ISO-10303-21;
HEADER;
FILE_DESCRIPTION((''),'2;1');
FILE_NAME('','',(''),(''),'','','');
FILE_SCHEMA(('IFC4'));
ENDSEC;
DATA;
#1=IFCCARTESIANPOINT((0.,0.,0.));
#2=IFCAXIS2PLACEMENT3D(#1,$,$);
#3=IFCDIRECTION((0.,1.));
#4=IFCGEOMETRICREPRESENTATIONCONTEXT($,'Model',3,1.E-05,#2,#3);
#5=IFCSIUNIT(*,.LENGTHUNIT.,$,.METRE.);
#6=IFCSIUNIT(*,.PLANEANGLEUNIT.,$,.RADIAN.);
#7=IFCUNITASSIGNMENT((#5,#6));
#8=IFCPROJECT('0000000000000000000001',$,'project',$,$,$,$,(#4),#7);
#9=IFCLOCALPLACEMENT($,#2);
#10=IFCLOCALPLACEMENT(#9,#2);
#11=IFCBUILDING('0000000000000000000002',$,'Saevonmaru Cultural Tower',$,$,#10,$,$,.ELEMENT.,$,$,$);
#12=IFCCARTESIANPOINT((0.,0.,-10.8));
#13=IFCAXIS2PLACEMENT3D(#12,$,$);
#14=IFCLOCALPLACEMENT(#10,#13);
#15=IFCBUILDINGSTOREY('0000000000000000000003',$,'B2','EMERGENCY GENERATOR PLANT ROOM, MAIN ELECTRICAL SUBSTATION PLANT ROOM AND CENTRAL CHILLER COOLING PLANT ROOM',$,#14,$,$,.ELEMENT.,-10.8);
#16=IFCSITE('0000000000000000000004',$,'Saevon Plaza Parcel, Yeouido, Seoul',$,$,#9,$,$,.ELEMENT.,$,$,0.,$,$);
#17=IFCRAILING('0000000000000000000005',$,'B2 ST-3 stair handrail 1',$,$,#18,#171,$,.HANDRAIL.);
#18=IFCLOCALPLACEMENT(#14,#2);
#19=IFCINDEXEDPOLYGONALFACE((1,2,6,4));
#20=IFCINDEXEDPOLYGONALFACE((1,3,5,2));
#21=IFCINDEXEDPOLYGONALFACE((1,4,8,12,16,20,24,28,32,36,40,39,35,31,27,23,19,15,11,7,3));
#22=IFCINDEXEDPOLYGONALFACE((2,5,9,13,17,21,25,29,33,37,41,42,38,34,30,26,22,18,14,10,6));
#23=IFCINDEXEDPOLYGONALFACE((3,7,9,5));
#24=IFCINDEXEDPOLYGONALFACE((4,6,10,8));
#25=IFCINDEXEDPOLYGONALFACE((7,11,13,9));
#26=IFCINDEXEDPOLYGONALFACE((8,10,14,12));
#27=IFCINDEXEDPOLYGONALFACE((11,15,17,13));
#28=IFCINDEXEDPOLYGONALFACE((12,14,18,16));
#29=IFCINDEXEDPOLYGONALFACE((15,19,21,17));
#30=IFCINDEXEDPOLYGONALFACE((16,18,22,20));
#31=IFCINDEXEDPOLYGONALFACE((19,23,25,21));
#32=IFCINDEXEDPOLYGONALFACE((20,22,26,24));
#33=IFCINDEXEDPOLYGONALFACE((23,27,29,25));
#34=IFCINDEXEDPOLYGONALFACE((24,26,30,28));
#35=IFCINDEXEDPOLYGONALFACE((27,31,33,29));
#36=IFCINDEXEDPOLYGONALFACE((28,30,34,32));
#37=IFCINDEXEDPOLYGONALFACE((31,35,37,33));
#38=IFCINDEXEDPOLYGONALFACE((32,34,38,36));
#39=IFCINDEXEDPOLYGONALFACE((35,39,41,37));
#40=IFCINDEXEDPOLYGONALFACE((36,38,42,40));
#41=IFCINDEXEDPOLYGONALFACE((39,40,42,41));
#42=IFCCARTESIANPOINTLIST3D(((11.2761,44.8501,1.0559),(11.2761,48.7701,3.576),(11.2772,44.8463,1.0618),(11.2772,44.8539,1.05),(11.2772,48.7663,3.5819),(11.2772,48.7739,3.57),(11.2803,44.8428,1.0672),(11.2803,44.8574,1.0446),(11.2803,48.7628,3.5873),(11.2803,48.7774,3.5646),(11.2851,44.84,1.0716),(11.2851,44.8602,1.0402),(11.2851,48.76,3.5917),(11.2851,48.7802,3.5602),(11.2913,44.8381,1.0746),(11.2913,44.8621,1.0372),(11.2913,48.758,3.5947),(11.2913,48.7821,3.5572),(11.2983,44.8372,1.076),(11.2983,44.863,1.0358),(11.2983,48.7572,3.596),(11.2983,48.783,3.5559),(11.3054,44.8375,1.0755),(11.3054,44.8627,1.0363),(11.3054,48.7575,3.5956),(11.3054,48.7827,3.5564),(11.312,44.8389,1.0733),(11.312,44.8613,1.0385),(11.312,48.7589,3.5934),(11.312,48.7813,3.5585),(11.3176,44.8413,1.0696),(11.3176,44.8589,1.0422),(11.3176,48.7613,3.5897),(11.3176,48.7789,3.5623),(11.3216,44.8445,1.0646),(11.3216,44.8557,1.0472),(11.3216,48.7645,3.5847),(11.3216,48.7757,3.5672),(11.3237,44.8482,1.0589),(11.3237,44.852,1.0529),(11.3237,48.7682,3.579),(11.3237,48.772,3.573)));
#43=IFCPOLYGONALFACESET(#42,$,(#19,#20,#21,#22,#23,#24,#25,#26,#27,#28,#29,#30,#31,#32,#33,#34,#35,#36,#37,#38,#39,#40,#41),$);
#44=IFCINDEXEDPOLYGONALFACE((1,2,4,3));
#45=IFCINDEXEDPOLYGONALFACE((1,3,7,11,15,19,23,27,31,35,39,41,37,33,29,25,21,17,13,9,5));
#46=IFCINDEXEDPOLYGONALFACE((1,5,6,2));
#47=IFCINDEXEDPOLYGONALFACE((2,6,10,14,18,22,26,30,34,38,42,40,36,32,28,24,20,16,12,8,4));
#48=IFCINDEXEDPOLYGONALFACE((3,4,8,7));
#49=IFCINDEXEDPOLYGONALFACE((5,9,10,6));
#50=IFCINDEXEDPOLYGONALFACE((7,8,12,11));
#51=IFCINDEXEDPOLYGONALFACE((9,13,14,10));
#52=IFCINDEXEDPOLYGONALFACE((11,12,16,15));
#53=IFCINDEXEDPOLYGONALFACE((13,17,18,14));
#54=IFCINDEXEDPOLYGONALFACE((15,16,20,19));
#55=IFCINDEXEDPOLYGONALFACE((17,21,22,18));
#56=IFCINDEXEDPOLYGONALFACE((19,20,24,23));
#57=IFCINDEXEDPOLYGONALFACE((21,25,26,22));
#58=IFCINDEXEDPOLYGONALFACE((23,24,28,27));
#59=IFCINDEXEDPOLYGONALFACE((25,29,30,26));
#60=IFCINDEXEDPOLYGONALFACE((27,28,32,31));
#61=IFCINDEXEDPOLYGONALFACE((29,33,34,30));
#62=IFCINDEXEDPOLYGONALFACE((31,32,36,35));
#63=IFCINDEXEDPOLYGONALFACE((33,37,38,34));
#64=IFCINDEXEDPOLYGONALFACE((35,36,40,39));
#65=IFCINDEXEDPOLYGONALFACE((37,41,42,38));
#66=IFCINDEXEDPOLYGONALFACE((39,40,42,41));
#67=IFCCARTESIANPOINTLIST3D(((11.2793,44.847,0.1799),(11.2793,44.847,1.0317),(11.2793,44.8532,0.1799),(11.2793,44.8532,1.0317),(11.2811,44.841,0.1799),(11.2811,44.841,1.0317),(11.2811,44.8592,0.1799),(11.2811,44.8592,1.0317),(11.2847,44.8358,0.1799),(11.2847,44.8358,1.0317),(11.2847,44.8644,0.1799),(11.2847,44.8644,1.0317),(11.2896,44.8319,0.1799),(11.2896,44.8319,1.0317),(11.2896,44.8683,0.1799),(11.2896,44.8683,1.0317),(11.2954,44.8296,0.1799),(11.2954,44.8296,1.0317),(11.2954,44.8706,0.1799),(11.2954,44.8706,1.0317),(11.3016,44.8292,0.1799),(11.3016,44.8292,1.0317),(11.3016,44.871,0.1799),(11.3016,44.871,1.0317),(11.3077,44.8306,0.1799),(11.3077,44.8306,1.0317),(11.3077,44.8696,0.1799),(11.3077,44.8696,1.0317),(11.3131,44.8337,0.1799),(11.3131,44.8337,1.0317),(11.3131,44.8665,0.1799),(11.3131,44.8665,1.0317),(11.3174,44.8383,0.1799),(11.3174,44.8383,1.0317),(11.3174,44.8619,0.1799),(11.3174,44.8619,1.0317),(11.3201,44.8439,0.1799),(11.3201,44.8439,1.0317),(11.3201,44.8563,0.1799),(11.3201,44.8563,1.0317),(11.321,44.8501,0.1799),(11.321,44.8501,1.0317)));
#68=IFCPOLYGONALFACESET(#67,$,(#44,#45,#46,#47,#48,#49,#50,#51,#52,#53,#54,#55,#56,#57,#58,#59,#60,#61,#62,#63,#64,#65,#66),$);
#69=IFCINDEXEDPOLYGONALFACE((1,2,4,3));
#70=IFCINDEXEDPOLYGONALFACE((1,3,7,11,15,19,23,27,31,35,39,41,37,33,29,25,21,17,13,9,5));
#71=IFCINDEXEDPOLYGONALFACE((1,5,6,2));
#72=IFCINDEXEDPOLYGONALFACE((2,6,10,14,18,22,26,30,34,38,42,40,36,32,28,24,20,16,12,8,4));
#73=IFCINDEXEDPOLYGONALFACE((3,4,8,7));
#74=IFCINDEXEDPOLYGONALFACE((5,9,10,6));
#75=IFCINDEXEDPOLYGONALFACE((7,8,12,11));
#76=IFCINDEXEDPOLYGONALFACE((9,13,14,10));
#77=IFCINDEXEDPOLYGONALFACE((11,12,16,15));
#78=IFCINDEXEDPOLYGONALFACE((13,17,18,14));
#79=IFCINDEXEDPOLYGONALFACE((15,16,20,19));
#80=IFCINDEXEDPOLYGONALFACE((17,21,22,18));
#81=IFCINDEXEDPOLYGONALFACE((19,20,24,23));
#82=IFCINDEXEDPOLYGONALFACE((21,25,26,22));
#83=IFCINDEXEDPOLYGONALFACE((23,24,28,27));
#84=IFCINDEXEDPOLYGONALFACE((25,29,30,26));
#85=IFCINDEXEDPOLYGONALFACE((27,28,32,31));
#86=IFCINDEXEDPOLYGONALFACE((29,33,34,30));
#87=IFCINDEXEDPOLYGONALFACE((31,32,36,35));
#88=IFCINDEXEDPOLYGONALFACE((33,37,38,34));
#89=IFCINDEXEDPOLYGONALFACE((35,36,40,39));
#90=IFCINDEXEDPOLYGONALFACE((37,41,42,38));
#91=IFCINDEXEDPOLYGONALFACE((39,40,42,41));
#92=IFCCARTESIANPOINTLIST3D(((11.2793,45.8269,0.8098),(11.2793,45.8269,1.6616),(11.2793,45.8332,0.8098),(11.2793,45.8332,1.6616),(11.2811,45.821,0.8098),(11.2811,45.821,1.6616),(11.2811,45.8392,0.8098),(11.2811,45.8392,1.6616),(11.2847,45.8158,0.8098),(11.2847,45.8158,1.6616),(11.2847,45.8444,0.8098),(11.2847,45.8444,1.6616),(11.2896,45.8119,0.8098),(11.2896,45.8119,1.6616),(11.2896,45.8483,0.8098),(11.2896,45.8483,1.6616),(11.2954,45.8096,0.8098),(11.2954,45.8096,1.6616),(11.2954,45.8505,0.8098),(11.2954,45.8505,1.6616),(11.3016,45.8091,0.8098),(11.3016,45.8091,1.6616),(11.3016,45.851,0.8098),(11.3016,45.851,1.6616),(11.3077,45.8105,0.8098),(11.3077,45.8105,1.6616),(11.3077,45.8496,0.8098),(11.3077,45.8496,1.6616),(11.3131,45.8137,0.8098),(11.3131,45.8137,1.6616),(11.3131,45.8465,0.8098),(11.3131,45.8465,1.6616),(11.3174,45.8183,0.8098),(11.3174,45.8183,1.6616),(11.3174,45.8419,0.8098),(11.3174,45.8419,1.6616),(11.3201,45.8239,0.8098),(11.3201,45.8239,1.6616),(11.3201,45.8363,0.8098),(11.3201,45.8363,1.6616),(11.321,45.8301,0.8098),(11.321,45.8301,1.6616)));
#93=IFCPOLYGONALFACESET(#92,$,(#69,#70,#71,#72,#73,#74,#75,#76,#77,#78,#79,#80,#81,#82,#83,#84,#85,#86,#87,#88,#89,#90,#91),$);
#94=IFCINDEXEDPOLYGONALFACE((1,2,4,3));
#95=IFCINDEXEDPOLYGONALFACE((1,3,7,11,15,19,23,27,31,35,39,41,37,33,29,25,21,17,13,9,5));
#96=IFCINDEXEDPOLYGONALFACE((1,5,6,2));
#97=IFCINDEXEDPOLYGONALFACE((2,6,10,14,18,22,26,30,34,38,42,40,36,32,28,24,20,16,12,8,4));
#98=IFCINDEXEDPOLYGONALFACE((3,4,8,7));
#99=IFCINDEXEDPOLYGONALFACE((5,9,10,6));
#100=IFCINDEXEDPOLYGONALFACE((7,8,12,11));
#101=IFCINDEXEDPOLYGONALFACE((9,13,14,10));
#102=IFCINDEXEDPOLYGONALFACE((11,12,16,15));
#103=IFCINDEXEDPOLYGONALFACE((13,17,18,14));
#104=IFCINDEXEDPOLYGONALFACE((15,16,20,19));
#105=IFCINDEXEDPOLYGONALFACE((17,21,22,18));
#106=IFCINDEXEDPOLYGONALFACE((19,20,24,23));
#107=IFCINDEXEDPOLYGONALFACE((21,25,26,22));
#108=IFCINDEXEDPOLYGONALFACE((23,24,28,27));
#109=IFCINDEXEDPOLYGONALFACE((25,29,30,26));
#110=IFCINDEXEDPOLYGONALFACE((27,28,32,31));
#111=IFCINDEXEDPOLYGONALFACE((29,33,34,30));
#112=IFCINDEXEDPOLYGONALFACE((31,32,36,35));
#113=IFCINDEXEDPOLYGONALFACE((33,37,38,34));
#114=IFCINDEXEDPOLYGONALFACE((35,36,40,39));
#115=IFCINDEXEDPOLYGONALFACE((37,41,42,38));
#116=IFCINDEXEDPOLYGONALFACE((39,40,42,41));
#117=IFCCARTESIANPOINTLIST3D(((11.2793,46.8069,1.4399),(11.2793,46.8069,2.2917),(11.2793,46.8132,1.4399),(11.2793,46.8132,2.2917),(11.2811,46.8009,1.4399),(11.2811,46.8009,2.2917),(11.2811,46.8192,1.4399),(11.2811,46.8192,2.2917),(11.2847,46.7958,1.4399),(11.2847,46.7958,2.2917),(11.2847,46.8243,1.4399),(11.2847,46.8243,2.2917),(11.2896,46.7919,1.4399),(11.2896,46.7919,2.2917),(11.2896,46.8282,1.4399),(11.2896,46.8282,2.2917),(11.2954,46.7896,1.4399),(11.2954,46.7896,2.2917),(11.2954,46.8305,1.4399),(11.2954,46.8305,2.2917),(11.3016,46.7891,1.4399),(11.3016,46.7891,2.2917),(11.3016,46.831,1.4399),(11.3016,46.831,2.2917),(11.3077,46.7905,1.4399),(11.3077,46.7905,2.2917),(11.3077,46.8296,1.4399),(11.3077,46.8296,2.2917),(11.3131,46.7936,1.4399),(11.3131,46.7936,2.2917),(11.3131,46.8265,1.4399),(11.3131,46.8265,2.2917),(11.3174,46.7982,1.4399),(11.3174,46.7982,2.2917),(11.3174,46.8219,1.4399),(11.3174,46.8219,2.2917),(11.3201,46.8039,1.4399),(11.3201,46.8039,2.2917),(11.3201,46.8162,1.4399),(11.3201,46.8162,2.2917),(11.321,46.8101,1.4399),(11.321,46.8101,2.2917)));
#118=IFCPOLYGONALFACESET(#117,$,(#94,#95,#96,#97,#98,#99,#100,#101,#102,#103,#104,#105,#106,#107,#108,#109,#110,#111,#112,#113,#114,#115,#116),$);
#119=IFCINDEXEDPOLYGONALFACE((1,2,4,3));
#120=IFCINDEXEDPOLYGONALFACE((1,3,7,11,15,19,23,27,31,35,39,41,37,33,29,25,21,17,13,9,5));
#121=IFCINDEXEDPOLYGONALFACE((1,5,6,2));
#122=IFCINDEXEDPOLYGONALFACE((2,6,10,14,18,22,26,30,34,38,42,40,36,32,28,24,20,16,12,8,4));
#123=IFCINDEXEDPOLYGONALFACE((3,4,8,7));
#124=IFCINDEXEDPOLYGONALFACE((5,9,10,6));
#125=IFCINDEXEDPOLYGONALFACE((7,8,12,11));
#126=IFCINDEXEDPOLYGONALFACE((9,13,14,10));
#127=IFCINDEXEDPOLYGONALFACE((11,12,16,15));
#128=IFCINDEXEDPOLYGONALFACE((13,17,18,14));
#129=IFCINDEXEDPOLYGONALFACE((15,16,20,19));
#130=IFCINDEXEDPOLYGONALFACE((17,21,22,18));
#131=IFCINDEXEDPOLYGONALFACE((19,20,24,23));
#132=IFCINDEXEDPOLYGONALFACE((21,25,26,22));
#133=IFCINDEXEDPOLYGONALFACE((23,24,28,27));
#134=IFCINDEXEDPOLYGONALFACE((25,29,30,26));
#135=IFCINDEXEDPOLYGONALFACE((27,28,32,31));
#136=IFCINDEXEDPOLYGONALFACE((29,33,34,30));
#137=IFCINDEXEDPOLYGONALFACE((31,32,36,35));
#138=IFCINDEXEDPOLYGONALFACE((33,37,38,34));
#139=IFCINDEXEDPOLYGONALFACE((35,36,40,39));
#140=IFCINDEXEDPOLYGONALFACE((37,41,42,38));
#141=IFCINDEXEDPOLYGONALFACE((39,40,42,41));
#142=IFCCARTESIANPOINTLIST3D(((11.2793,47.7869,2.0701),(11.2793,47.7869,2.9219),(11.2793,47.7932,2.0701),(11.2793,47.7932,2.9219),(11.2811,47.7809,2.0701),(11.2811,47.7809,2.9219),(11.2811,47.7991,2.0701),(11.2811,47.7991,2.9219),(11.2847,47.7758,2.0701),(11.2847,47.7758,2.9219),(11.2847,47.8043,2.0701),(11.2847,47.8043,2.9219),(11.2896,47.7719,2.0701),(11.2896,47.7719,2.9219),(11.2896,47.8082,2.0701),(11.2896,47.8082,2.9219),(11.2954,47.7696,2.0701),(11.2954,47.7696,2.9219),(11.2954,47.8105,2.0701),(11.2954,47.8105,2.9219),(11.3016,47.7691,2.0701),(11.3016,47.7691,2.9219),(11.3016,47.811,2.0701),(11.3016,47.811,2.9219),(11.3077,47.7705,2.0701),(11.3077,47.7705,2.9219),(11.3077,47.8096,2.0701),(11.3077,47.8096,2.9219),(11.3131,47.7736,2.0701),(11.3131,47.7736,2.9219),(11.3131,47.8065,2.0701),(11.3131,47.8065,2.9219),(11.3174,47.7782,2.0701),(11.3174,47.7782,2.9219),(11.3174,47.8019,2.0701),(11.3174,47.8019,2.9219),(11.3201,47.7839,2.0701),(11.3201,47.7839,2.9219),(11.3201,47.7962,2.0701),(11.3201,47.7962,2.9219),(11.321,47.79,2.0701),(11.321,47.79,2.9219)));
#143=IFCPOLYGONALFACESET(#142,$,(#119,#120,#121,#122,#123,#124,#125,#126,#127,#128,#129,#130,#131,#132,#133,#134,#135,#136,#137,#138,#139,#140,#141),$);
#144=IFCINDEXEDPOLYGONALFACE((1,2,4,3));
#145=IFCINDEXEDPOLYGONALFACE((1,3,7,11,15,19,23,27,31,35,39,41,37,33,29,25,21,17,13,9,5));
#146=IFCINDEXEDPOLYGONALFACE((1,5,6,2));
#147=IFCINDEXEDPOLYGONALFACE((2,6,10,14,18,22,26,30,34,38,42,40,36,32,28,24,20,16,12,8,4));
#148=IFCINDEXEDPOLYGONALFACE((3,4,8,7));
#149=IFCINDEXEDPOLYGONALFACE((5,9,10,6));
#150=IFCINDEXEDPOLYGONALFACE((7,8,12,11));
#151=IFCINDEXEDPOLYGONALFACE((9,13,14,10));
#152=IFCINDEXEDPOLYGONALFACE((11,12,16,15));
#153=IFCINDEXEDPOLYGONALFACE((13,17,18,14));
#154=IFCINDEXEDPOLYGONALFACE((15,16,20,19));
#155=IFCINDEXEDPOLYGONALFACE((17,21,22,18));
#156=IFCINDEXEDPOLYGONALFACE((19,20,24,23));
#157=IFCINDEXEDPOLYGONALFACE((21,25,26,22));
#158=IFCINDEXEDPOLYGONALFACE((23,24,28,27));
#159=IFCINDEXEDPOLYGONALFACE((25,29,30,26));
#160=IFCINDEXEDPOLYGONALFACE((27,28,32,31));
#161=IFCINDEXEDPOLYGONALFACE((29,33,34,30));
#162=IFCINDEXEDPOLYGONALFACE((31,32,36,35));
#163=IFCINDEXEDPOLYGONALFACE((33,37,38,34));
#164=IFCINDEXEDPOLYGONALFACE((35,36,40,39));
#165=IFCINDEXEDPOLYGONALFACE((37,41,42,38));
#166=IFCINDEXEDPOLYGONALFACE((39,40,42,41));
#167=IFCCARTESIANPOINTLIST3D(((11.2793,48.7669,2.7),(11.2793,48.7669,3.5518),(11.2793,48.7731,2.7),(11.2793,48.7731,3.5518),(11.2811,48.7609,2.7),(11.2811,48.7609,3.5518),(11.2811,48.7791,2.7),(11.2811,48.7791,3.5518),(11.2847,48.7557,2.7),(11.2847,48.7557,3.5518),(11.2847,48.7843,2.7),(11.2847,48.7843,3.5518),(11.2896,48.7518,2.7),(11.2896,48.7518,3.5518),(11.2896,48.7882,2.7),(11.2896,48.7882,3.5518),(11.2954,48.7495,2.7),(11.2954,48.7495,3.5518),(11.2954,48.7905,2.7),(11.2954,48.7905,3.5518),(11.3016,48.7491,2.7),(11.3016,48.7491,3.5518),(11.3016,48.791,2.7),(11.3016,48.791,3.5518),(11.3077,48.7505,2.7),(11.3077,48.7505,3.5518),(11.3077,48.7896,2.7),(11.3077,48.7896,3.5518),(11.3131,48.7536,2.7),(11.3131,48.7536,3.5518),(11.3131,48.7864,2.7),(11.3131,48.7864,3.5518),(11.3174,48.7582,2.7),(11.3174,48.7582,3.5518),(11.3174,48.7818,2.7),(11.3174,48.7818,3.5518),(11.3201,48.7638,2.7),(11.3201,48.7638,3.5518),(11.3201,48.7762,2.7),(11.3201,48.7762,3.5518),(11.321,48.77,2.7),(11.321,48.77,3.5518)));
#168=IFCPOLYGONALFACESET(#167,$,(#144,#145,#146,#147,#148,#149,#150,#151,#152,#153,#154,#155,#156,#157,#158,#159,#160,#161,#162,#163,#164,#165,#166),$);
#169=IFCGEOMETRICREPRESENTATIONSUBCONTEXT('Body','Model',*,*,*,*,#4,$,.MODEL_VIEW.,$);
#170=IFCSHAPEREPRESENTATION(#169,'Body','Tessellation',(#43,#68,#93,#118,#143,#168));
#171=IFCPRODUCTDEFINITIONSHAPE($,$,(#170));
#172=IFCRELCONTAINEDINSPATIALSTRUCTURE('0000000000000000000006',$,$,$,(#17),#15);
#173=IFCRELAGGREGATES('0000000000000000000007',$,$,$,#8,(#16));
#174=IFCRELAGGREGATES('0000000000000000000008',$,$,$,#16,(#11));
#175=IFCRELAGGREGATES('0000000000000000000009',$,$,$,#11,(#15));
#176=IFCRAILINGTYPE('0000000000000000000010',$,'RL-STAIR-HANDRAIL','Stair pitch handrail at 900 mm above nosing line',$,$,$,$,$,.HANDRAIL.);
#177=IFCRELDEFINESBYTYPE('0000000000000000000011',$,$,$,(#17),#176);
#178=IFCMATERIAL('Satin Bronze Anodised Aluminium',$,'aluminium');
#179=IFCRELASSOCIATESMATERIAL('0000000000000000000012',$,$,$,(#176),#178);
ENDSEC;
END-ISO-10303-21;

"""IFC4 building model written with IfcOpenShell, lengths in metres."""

from ifc_helpers import new_model, si_unit, direction, frame, origin, origin_2d, place, context, subcontext, project, spatial, circle, extrude, material, type_object, element, save


model = new_model("IFC4")

# Units and contexts
model_context = context("Model", 3, precision=1e-05, world=origin(), true_north=direction((0.0, 1.0)))
body_context = subcontext(model_context, "Body", "Model", "MODEL_VIEW")
ifc_project = project(units=[si_unit("LENGTHUNIT", "METRE"), si_unit("PLANEANGLEUNIT", "RADIAN")], contexts=[model_context])

# Site, building, storey
site_placement = place(None, origin())
site = spatial("IfcSite", under=ifc_project, at=site_placement, Name="Saevon Plaza Parcel, Yeouido, Seoul", CompositionType="ELEMENT", RefElevation=0.0)
building_placement = place(site_placement, origin())
building = spatial("IfcBuilding", under=site, at=building_placement, Name="Saevonmaru Cultural Tower", CompositionType="ELEMENT")
storey_placement = place(building_placement, frame((0.0, 0.0, -10.8)))
storey = spatial("IfcBuildingStorey", under=building, at=storey_placement, Name="B2", Description="EMERGENCY GENERATOR PLANT ROOM, MAIN ELECTRICAL SUBSTATION PLANT ROOM AND CENTRAL CHILLER COOLING PLANT ROOM", CompositionType="ELEMENT", Elevation=-10.8)

# Railing
ifc_material_1 = material(Name="Satin Bronze Anodised Aluminium", Category="aluminium")
railing_type_1 = type_object("IfcRailingType", Name="RL-STAIR-HANDRAIL", Description="Stair pitch handrail at 900 mm above nosing line", PredefinedType="HANDRAIL", material=ifc_material_1)
railing_1_placement = place(storey_placement, frame((11.3, 44.8501, 0.1799)))
element("IfcRailing", 1, at=railing_1_placement, inside=storey, type_object=railing_type_1, Name="B2 ST-3 stair handrail 1", PredefinedType="HANDRAIL", context=body_context, shape_type="SweptSolid", body=[
    extrude(circle(Radius=0.0239, at=origin_2d()), frame((0.0, 0.0, 0.876), z_axis=(0.0, 0.841172, 0.540768), x_axis=(-1.0, 0.0, 0.0)), (0.0, 0.0, 1.0), 4.6602),
    extrude(circle(Radius=0.021, at=origin_2d()), origin(), (0.0, 0.0, 1.0), 0.8518),
    extrude(circle(Radius=0.021, at=origin_2d()), frame((0.0, 0.98, 0.6299)), (0.0, 0.0, 1.0), 0.8518),
    extrude(circle(Radius=0.021, at=origin_2d()), frame((0.0, 1.96, 1.26)), (0.0, 0.0, 1.0), 0.8518),
    extrude(circle(Radius=0.021, at=origin_2d()), frame((0.0, 2.9399, 1.8901)), (0.0, 0.0, 1.0), 0.8518),
    extrude(circle(Radius=0.021, at=origin_2d()), frame((0.0, 3.9199, 2.52)), (0.0, 0.0, 1.0), 0.8518),
])

save(model, "model.ifc")
